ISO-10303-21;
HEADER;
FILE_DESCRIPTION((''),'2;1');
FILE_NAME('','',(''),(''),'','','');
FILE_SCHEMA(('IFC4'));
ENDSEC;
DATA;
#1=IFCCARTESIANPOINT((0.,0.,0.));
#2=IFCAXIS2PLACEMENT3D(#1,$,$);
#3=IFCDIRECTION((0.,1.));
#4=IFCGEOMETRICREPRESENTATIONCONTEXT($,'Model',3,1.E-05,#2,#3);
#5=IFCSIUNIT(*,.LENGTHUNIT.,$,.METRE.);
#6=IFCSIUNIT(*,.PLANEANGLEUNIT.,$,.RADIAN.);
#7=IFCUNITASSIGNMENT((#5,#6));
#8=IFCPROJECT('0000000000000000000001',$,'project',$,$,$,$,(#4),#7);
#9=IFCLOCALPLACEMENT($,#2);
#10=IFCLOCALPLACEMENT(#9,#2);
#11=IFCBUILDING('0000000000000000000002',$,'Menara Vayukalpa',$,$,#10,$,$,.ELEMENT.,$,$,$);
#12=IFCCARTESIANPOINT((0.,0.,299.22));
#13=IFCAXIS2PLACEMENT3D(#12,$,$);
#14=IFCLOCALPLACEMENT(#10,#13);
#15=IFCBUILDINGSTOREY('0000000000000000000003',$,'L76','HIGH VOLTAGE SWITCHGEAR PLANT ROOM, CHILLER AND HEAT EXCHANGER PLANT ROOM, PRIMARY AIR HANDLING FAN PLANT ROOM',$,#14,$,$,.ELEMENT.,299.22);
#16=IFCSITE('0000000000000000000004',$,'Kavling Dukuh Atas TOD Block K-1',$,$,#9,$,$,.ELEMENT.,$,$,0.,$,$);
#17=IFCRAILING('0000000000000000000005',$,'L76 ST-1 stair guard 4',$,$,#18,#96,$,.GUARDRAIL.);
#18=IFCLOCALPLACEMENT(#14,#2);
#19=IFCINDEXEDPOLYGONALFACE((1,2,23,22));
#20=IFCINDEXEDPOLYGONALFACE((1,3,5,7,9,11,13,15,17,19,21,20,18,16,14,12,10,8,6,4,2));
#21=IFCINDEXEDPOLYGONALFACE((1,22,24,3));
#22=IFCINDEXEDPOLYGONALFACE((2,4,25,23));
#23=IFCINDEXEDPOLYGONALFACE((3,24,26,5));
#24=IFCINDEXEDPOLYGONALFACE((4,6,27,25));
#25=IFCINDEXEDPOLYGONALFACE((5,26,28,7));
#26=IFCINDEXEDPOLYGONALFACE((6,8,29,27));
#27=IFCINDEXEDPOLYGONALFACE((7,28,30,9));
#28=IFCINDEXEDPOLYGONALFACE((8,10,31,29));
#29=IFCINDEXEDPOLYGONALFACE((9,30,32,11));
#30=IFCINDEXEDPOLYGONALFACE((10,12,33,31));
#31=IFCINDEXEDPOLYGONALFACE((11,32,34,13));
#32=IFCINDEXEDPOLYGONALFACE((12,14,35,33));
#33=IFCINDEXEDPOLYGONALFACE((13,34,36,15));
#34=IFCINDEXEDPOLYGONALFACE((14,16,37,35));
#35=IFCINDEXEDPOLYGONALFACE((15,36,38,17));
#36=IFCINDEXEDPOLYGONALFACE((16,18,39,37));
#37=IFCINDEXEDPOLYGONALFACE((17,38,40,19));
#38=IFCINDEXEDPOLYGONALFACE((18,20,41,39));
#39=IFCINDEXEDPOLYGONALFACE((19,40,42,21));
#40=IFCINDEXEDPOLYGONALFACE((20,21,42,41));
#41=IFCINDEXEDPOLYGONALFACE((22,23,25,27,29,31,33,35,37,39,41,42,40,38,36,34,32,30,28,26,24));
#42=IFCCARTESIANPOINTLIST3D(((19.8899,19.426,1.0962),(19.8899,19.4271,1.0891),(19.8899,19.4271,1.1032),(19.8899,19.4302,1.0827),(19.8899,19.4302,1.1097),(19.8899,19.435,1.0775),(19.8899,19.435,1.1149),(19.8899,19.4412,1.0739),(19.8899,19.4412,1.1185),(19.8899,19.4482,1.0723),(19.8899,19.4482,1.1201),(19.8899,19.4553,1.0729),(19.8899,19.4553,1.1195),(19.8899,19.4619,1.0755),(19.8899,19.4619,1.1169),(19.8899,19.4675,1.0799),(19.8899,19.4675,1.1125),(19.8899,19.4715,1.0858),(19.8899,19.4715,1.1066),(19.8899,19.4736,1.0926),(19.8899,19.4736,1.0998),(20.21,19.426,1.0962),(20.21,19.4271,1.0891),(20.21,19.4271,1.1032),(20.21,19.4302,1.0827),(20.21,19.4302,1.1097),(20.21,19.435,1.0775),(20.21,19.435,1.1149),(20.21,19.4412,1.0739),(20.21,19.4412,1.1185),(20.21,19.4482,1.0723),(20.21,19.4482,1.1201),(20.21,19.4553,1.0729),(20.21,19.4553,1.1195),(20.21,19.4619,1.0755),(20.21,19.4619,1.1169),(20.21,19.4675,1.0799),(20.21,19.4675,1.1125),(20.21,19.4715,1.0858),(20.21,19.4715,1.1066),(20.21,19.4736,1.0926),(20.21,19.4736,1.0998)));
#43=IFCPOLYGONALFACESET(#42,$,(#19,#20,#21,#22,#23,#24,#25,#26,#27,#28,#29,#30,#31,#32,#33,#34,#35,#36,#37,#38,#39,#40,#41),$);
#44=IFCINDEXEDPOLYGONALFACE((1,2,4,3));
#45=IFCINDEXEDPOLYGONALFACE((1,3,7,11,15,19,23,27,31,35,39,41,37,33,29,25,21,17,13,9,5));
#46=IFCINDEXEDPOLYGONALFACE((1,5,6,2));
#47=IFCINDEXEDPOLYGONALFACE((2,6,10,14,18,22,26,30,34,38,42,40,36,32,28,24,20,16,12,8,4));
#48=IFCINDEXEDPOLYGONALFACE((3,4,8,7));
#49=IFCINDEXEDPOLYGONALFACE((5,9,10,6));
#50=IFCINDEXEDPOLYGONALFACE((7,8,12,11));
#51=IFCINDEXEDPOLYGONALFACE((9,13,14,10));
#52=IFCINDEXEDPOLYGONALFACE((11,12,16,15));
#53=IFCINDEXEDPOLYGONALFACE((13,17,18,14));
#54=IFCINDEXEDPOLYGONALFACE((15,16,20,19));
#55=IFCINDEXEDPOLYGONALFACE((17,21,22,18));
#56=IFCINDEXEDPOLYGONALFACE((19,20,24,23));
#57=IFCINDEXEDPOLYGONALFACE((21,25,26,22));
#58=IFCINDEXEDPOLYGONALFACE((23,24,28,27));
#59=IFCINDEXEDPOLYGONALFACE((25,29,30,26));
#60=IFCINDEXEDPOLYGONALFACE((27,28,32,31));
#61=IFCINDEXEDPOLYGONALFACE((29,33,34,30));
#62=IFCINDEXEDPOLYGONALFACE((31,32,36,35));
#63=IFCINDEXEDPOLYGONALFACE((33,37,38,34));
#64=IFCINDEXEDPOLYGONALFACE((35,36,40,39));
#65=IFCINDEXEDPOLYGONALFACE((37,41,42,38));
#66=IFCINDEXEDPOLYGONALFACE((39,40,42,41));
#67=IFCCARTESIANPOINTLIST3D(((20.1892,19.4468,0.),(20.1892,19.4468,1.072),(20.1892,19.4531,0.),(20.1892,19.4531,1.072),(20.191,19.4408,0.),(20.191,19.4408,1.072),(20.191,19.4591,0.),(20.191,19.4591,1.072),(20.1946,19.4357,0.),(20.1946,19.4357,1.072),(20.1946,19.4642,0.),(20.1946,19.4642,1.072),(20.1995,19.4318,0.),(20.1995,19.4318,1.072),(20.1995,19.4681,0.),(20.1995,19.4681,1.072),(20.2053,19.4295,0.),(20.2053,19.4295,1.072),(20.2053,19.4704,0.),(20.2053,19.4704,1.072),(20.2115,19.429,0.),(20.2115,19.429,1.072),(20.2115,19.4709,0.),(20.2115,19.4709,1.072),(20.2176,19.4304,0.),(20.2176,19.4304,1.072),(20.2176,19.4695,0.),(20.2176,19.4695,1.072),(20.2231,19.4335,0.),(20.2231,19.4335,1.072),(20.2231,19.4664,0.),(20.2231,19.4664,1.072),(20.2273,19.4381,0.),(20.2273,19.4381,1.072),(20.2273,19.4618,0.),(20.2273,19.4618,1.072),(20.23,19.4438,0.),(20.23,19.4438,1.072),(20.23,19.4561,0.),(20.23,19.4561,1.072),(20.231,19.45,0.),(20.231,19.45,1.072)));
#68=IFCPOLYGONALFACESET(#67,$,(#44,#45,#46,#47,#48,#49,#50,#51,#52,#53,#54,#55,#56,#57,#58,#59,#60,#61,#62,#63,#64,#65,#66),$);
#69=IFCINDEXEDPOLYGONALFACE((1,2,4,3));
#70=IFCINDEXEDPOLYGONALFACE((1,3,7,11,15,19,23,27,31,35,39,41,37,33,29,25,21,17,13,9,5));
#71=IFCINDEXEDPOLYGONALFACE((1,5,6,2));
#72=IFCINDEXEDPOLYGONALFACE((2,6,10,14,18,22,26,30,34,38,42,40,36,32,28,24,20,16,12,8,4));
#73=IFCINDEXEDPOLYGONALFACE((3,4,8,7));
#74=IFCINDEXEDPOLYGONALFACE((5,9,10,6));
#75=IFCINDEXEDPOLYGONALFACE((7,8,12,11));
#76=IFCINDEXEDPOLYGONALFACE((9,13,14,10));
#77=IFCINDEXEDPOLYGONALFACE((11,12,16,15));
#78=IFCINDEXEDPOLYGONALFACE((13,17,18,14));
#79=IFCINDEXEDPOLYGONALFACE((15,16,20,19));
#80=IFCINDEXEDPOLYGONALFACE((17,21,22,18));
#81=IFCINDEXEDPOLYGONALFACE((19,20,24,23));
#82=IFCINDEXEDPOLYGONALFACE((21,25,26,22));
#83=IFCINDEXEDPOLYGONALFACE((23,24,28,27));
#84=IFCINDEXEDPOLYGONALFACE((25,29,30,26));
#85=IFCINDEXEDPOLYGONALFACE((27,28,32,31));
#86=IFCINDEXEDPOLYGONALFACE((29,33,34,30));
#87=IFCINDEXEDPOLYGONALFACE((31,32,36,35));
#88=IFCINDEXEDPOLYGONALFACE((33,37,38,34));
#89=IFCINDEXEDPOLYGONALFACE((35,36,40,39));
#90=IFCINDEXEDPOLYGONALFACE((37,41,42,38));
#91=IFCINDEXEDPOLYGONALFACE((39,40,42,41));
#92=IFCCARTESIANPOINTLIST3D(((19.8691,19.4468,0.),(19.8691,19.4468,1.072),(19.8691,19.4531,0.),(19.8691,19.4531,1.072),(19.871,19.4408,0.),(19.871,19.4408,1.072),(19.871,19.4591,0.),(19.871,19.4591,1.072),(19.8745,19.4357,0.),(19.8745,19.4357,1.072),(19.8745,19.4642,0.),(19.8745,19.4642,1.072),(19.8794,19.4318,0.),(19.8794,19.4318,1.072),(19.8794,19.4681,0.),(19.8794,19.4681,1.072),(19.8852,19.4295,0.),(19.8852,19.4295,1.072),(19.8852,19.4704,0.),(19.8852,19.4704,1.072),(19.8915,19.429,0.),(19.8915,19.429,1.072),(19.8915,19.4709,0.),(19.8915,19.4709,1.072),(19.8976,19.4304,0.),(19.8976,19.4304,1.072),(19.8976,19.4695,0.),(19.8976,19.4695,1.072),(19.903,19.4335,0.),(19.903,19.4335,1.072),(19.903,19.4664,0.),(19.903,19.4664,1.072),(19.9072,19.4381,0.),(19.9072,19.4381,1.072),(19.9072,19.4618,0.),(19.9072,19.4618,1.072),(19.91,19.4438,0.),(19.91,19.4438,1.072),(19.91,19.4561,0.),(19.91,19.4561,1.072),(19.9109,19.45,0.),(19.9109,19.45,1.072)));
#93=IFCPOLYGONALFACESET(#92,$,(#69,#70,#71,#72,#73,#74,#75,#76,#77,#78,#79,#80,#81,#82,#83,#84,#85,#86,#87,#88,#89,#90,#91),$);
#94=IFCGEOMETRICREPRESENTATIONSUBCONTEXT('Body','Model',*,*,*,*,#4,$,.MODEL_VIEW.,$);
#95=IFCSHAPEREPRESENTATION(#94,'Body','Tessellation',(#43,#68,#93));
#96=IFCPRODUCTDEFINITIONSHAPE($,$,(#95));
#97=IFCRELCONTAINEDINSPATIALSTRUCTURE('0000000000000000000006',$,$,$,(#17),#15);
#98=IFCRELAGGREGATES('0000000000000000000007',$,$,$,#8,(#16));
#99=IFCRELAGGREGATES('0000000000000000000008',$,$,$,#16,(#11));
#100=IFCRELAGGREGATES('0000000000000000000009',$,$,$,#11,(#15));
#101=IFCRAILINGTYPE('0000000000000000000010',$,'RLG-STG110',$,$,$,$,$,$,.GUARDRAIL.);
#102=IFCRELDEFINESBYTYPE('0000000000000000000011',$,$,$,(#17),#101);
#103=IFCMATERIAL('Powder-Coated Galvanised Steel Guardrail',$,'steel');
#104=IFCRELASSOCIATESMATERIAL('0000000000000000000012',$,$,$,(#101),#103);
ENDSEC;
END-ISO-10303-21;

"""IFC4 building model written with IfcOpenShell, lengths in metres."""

from ifc_helpers import new_model, si_unit, direction, frame, origin, origin_2d, place, context, subcontext, project, spatial, circle, extrude, material, type_object, element, save


model = new_model("IFC4")

# Units and contexts
model_context = context("Model", 3, precision=1e-05, world=origin(), true_north=direction((0.0, 1.0)))
body_context = subcontext(model_context, "Body", "Model", "MODEL_VIEW")
ifc_project = project(units=[si_unit("LENGTHUNIT", "METRE"), si_unit("PLANEANGLEUNIT", "RADIAN")], contexts=[model_context])

# Site, building, storey
site_placement = place(None, origin())
site = spatial("IfcSite", under=ifc_project, at=site_placement, Name="Kavling Dukuh Atas TOD Block K-1", CompositionType="ELEMENT", RefElevation=0.0)
building_placement = place(site_placement, origin())
building = spatial("IfcBuilding", under=site, at=building_placement, Name="Menara Vayukalpa", CompositionType="ELEMENT")
storey_placement = place(building_placement, frame((0.0, 0.0, 299.22)))
storey = spatial("IfcBuildingStorey", under=building, at=storey_placement, Name="L76", Description="HIGH VOLTAGE SWITCHGEAR PLANT ROOM, CHILLER AND HEAT EXCHANGER PLANT ROOM, PRIMARY AIR HANDLING FAN PLANT ROOM", CompositionType="ELEMENT", Elevation=299.22)

# Railing
ifc_material_1 = material(Name="Powder-Coated Galvanised Steel Guardrail", Category="steel")
railing_type_1 = type_object("IfcRailingType", Name="RLG-STG110", PredefinedType="GUARDRAIL", material=ifc_material_1)
railing_1_placement = place(storey_placement, frame((20.21, 19.45, 0.0)))
element("IfcRailing", 1, at=railing_1_placement, inside=storey, type_object=railing_type_1, Name="L76 ST-1 stair guard 4", PredefinedType="GUARDRAIL", context=body_context, shape_type="SweptSolid", body=[
    extrude(circle(Radius=0.0239, at=origin_2d()), frame((0.0, 0.0, 1.0962), z_axis=(-1.0, 0.0, 0.0), x_axis=(0.0, -1.0, 0.0)), (0.0, 0.0, 1.0), 0.3201),
    extrude(circle(Radius=0.021, at=origin_2d()), origin(), (0.0, 0.0, 1.0), 1.072),
    extrude(circle(Radius=0.021, at=origin_2d()), frame((-0.3201, 0.0, 0.0)), (0.0, 0.0, 1.0), 1.072),
])

save(model, "model.ifc")
